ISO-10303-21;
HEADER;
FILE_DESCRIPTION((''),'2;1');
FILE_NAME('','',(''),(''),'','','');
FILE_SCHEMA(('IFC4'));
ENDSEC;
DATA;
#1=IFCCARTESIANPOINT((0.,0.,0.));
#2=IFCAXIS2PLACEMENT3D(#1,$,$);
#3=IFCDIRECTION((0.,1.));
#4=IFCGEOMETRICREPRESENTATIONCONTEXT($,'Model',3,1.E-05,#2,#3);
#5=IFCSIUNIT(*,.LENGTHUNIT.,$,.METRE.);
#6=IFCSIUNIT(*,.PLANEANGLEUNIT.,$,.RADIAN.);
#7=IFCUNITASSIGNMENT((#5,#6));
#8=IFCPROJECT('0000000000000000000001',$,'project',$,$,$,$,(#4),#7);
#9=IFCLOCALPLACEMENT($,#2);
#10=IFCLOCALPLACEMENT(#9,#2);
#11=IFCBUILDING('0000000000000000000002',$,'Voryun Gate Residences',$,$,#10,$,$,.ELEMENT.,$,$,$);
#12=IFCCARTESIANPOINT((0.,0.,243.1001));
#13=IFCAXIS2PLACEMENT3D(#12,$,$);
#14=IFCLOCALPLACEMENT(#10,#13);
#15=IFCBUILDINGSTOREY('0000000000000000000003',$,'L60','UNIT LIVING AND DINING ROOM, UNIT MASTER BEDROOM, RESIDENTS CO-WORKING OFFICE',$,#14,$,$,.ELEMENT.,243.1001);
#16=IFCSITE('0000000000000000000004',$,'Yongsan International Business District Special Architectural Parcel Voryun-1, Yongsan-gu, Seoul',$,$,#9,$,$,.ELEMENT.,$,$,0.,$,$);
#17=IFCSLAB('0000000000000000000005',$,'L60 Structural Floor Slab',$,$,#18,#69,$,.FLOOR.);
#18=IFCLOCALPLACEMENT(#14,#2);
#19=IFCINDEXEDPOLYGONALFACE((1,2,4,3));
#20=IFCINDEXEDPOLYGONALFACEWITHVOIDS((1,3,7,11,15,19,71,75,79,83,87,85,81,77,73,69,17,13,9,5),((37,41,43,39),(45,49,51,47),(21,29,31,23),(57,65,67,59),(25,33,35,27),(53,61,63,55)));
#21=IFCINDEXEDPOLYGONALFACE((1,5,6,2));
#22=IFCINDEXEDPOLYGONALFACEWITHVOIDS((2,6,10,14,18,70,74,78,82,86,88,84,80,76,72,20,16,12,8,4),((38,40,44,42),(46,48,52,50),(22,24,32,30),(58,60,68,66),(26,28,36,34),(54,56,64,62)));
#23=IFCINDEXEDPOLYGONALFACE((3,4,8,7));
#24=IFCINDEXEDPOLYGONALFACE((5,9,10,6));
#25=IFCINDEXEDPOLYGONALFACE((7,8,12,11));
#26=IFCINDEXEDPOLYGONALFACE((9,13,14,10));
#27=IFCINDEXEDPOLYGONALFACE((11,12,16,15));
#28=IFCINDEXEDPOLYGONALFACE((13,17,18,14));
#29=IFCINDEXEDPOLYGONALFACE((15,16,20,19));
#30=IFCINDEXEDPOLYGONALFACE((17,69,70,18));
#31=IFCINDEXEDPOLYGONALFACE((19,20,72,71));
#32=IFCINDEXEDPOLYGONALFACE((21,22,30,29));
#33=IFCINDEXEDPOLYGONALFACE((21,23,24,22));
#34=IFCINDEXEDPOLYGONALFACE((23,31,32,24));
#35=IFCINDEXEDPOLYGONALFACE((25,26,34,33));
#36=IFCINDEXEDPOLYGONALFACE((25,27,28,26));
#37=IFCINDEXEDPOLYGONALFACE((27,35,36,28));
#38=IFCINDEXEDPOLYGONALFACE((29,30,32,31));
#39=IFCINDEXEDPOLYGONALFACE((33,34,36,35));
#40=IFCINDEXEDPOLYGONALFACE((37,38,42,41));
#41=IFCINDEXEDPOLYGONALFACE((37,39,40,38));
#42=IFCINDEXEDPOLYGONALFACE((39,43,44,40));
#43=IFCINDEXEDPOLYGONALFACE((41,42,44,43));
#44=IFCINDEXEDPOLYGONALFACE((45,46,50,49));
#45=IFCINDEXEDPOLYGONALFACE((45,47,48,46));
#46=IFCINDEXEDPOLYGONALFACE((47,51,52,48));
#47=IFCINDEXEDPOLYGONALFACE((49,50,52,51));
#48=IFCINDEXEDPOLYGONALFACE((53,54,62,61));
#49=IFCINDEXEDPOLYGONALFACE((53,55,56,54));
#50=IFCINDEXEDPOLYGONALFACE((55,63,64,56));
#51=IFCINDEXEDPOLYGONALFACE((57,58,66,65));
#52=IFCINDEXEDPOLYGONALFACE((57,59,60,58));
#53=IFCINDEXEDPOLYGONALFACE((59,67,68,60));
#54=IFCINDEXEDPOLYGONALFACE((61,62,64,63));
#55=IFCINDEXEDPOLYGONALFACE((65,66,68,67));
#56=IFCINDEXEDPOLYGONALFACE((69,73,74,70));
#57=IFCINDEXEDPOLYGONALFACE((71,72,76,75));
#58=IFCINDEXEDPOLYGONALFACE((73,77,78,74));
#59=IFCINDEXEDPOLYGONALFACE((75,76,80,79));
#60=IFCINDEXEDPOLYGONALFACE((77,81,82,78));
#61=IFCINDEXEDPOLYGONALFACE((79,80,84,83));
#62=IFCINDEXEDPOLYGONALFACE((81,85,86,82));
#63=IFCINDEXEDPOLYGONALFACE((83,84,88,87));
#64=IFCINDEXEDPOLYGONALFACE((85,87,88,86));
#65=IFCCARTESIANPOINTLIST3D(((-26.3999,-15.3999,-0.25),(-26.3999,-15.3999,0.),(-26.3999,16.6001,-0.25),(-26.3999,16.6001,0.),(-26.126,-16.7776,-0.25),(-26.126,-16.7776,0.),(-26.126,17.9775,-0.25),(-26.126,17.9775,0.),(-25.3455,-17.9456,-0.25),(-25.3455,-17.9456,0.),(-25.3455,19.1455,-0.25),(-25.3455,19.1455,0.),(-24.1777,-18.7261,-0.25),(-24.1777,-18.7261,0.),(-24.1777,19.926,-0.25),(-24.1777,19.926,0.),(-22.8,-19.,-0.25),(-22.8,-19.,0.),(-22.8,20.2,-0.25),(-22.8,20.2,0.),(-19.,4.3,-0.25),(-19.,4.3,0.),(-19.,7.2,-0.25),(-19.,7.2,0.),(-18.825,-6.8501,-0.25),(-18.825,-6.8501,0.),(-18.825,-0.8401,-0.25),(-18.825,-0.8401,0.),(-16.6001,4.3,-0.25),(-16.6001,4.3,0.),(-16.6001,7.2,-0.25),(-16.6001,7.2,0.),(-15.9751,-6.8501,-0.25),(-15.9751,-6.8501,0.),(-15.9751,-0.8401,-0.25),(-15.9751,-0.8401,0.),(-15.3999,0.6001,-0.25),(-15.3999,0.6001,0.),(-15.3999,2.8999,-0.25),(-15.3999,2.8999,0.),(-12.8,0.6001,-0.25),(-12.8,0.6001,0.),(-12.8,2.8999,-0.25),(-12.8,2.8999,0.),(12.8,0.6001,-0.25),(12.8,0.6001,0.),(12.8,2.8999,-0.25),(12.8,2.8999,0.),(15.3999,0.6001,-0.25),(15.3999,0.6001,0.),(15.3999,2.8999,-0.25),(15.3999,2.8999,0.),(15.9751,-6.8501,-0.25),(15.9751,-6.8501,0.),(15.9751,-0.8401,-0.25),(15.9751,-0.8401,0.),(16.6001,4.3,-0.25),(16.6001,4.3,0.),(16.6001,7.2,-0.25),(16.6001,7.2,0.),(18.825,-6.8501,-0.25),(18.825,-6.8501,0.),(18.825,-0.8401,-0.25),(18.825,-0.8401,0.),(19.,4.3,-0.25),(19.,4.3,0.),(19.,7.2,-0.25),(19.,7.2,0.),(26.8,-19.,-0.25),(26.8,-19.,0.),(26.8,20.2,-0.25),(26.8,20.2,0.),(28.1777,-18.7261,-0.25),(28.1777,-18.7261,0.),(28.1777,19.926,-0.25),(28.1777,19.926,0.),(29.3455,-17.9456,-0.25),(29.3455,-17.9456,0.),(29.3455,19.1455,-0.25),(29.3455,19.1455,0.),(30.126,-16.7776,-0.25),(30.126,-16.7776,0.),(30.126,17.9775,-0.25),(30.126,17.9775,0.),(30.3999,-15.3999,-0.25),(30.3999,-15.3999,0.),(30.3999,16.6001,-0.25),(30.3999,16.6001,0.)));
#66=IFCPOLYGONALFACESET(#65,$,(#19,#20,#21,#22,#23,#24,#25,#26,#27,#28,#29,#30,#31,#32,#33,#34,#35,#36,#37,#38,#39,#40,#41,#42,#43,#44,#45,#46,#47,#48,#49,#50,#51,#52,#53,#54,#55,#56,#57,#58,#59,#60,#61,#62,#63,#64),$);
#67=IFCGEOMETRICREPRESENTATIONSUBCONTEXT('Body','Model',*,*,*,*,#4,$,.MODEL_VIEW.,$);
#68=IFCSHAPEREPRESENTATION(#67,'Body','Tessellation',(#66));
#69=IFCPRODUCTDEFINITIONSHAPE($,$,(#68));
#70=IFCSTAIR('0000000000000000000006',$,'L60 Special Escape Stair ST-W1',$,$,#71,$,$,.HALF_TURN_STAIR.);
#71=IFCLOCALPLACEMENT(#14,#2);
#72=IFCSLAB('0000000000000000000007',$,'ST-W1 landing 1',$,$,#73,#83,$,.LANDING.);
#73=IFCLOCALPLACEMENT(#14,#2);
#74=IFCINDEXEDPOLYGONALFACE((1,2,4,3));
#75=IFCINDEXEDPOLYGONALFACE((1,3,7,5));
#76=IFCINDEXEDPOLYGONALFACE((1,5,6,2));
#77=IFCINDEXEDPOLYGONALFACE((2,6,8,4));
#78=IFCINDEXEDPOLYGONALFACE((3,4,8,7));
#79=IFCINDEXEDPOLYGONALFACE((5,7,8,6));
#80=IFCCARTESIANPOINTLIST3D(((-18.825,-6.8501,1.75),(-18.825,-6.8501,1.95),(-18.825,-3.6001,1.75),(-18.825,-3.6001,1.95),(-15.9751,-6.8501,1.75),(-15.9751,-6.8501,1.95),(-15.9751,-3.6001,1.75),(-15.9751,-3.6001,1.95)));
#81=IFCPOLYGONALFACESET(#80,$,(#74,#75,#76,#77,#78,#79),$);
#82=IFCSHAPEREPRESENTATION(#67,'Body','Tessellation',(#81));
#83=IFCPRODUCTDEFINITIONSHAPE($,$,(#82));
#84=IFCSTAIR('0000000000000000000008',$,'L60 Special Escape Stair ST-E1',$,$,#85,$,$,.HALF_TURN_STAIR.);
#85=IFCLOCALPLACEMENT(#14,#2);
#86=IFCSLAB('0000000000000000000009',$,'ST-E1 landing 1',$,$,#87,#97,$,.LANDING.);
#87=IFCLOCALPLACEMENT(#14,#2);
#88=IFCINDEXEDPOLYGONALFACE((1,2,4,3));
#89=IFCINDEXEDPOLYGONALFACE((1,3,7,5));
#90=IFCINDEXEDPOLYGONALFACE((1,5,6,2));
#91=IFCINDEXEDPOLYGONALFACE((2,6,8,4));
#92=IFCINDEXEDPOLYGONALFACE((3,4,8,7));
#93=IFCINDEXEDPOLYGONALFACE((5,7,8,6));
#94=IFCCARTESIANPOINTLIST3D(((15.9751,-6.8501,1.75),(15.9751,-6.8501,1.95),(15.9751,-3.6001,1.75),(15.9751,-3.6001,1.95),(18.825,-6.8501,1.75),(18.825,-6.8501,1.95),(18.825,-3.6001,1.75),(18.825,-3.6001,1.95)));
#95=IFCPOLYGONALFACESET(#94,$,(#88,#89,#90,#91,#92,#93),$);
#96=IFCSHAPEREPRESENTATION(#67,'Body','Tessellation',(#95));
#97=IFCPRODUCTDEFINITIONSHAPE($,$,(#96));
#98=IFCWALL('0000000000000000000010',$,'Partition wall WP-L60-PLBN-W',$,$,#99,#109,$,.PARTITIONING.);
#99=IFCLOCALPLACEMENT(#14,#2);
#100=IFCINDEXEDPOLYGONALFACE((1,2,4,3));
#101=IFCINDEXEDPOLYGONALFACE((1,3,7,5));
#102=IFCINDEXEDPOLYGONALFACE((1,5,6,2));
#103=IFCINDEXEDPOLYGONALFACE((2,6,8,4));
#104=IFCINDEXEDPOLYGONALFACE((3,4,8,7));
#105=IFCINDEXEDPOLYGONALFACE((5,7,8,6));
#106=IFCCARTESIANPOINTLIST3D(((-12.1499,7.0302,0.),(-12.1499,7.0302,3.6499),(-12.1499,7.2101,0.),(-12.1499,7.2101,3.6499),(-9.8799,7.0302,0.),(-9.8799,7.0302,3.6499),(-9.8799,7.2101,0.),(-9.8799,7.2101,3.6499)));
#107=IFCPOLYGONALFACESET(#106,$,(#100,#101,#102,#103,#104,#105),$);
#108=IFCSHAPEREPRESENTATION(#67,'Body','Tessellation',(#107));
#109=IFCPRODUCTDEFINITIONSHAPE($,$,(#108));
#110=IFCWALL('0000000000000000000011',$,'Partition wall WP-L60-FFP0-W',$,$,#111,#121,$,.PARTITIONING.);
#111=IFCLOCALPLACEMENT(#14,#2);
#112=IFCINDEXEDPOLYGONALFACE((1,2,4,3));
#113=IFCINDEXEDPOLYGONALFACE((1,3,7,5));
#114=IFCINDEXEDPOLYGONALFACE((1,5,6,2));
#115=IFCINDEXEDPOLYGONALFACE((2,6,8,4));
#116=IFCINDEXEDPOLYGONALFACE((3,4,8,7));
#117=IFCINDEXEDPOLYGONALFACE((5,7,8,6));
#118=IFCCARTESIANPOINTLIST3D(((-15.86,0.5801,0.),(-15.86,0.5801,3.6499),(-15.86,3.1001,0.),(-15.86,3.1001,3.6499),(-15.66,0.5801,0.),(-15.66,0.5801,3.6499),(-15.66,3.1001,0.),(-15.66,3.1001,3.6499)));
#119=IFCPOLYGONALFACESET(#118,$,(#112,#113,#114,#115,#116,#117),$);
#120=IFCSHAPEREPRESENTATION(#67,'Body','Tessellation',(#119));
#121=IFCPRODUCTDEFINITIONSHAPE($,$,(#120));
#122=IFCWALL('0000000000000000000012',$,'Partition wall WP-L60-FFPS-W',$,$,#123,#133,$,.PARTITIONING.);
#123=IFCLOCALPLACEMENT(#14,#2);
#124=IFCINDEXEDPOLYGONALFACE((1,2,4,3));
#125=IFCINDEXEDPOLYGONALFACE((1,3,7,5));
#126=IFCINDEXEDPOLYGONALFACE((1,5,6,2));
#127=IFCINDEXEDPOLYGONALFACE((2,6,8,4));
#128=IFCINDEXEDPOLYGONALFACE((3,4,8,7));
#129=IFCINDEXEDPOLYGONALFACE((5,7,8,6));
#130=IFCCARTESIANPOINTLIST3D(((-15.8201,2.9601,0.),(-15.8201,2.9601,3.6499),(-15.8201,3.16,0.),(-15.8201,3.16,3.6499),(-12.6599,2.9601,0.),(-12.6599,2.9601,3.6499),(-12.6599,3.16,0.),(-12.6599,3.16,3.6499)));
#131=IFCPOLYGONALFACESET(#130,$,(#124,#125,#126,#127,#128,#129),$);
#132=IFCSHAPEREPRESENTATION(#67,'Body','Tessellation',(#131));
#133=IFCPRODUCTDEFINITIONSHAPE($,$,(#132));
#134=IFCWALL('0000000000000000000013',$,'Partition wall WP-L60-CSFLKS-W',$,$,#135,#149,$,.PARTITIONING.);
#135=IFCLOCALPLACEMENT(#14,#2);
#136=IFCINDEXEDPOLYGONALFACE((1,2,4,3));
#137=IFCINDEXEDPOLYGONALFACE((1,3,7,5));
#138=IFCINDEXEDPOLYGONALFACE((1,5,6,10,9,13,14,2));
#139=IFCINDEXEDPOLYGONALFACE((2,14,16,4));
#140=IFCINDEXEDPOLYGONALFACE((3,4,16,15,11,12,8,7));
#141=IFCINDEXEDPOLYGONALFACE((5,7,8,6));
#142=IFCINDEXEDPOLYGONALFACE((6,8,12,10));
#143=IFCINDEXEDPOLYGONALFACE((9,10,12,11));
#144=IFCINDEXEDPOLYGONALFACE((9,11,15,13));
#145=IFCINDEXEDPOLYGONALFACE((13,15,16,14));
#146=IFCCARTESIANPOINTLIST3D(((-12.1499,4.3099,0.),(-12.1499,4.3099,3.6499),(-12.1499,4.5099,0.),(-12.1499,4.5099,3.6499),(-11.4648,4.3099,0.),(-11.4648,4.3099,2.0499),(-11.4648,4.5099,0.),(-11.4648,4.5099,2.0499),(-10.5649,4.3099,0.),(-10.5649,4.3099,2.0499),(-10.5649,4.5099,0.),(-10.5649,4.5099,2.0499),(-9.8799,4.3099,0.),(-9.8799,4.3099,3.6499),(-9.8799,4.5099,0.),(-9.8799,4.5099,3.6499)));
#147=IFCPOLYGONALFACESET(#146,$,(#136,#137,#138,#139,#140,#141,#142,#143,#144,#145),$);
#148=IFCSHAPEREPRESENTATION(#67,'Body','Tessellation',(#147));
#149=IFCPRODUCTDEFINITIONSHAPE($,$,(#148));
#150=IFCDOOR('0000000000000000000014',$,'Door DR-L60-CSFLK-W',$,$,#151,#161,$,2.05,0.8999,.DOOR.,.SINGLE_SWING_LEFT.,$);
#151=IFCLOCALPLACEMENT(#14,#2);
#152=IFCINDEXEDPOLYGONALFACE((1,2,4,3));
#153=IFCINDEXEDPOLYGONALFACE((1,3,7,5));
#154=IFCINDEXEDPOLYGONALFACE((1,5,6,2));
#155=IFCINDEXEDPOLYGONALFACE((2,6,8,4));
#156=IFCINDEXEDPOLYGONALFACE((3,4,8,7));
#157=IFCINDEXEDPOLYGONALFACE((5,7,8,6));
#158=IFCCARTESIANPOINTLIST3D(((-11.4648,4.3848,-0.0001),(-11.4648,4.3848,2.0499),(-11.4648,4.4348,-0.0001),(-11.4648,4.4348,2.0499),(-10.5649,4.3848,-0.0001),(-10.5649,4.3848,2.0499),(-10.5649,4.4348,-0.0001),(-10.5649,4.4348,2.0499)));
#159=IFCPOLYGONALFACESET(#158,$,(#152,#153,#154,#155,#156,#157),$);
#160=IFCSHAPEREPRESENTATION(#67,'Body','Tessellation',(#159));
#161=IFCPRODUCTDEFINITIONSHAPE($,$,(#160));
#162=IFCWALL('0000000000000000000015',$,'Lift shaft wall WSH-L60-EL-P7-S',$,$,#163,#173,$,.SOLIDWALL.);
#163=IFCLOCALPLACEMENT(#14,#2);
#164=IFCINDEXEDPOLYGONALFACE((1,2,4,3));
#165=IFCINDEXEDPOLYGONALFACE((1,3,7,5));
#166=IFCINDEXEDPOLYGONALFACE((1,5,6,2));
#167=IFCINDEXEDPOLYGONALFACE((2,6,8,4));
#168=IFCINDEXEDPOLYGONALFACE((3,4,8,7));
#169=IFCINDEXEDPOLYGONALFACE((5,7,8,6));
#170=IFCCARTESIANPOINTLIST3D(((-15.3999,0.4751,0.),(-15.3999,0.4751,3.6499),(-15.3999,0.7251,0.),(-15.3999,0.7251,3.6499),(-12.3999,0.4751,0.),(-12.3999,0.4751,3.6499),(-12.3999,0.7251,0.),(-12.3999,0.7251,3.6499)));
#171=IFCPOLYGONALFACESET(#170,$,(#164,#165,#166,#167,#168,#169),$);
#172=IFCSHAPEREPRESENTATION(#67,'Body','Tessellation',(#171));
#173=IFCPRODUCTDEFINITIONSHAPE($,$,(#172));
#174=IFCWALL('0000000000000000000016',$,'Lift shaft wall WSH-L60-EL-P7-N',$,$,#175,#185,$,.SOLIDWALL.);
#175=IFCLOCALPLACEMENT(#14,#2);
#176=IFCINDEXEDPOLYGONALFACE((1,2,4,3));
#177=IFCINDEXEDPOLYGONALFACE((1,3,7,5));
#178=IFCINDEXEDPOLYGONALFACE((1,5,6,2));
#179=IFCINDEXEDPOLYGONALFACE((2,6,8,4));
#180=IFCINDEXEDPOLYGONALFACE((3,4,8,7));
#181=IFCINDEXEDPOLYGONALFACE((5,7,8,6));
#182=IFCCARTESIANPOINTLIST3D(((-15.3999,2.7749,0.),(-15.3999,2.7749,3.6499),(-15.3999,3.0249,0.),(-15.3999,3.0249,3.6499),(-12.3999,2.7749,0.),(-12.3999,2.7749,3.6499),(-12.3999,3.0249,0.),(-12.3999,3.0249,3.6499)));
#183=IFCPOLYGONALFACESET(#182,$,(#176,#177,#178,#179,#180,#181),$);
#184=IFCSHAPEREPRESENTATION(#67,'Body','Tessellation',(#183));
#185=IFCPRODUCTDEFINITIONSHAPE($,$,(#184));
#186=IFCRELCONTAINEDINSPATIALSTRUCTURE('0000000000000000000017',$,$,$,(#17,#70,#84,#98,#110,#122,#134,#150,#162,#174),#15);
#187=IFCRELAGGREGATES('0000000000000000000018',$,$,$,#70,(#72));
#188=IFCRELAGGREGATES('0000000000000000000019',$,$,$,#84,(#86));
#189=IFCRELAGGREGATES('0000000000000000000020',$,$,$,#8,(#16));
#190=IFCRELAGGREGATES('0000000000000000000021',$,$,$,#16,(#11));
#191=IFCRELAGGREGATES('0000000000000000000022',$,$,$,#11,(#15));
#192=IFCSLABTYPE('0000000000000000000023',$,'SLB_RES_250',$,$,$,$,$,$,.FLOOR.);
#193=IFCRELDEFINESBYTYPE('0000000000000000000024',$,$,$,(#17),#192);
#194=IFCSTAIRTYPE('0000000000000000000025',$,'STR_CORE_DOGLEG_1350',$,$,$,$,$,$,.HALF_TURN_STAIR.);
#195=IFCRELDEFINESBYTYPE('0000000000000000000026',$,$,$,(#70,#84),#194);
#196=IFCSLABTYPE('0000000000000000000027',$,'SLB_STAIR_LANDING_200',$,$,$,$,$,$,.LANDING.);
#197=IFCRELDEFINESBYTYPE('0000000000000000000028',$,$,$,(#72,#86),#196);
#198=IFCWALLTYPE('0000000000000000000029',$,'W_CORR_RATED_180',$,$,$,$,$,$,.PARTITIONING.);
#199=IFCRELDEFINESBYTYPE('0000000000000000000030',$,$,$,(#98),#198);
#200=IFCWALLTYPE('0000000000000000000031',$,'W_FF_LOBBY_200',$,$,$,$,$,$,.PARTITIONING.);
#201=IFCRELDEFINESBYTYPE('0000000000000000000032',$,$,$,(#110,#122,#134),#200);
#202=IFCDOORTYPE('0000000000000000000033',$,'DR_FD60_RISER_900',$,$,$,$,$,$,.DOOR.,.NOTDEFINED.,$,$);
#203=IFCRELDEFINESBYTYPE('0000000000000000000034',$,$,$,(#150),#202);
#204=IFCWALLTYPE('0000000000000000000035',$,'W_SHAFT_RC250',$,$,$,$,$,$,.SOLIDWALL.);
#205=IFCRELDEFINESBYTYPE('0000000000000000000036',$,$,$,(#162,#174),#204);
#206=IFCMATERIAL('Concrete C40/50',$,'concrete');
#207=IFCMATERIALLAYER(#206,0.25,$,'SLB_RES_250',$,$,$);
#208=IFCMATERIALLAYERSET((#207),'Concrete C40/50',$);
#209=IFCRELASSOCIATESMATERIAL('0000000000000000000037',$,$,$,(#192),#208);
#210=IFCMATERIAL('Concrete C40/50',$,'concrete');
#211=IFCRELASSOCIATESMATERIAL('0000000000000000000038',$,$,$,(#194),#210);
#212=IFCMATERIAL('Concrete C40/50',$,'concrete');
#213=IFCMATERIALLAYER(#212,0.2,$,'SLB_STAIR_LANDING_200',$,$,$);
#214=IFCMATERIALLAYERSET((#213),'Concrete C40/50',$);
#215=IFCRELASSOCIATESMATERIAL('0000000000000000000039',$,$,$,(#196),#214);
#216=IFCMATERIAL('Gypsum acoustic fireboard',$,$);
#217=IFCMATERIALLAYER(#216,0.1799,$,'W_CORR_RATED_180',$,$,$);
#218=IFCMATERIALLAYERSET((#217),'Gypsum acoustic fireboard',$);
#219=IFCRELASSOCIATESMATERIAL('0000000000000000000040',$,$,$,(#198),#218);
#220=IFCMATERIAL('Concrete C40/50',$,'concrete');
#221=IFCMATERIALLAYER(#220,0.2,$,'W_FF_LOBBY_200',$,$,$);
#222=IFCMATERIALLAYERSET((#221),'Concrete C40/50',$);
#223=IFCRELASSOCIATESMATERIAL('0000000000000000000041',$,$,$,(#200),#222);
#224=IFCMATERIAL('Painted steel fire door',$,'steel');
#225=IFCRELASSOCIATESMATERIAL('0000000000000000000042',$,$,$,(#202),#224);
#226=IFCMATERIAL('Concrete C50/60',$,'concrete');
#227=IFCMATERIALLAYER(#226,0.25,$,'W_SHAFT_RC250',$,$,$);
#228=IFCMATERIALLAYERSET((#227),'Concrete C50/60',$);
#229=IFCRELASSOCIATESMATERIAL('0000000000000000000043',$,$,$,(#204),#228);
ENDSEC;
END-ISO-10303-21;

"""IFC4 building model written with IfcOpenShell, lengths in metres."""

from ifc_helpers import new_model, si_unit, direction, frame, frame_2d, origin, place, context, subcontext, project, spatial, polyline, rectangle, outline, extrude, material, layer, layer_set, type_object, element, fill, aggregate, save


model = new_model("IFC4")

# Units and contexts
model_context = context("Model", 3, precision=1e-05, world=origin(), true_north=direction((0.0, 1.0)))
body_context = subcontext(model_context, "Body", "Model", "MODEL_VIEW")
ifc_project = project(units=[si_unit("LENGTHUNIT", "METRE"), si_unit("PLANEANGLEUNIT", "RADIAN")], contexts=[model_context])

# Site, building, storey
site_placement = place(None, origin())
site = spatial("IfcSite", under=ifc_project, at=site_placement, Name="Yongsan International Business District Special Architectural Parcel Voryun-1, Yongsan-gu, Seoul", CompositionType="ELEMENT", RefElevation=0.0)
building_placement = place(site_placement, origin())
building = spatial("IfcBuilding", under=site, at=building_placement, Name="Voryun Gate Residences", CompositionType="ELEMENT")
storey_placement = place(building_placement, frame((0.0, 0.0, 243.1001)))
storey = spatial("IfcBuildingStorey", under=building, at=storey_placement, Name="L60", Description="UNIT LIVING AND DINING ROOM, UNIT MASTER BEDROOM, RESIDENTS CO-WORKING OFFICE", CompositionType="ELEMENT", Elevation=243.1001)

# Slab
ifc_material_1 = material(Name="Concrete C40/50", Category="concrete")
ifc_layer_1 = layer(ifc_material_1, 0.25, Name="SLB_RES_250")
ifc_layer_set_1 = layer_set([ifc_layer_1], Name="Concrete C40/50")
slab_type_1 = type_object("IfcSlabType", Name="SLB_RES_250", PredefinedType="FLOOR", material=ifc_layer_set_1)
slab_1_placement = place(storey_placement, frame((0.0, 0.0, -0.25)))
element("IfcSlab", 1, at=slab_1_placement, inside=storey, type_object=slab_type_1, Name="L60 Structural Floor Slab", PredefinedType="FLOOR", context=body_context, shape_type="SweptSolid", body=[
    extrude(outline(polyline([(-22.8, -19.0), (-24.1777, -18.7261), (-25.3455, -17.9456), (-26.126, -16.7776), (-26.3999, -15.3999), (-26.3999, 16.6001), (-26.126, 17.9775), (-25.3455, 19.1455), (-24.1777, 19.926), (-22.8, 20.2), (26.8, 20.2), (28.1777, 19.926), (29.3455, 19.1455), (30.126, 17.9775), (30.3999, 16.6001), (30.3999, -15.3999), (30.126, -16.7776), (29.3455, -17.9456), (28.1777, -18.7261), (26.8, -19.0), (-22.8, -19.0)]), holes=[polyline([(-15.9751, -0.8401), (-18.825, -0.8401), (-18.825, -6.8501), (-15.9751, -6.8501), (-15.9751, -0.8401)]), polyline([(18.825, -6.8501), (18.825, -0.8401), (15.9751, -0.8401), (15.9751, -6.8501), (18.825, -6.8501)]), polyline([(-12.8, 2.8999), (-15.3999, 2.8999), (-15.3999, 0.6001), (-12.8, 0.6001), (-12.8, 2.8999)]), polyline([(12.8, 2.8999), (12.8, 0.6001), (15.3999, 0.6001), (15.3999, 2.8999), (12.8, 2.8999)]), polyline([(-16.6001, 7.2), (-19.0, 7.2), (-19.0, 4.3), (-16.6001, 4.3), (-16.6001, 7.2)]), polyline([(19.0, 7.2), (16.6001, 7.2), (16.6001, 4.3), (19.0, 4.3), (19.0, 7.2)])]), origin(), (0.0, 0.0, 1.0), 0.25),
])

# Stairs, slabs
ifc_material_2 = material(Name="Concrete C40/50", Category="concrete")
stair_type = type_object("IfcStairType", Name="STR_CORE_DOGLEG_1350", PredefinedType="HALF_TURN_STAIR", material=ifc_material_2)
stair_1_placement = place(storey_placement, origin())
stair_1 = element("IfcStair", 2, at=stair_1_placement, inside=storey, type_object=stair_type, Name="L60 Special Escape Stair ST-W1", PredefinedType="HALF_TURN_STAIR")
ifc_material_3 = material(Name="Concrete C40/50", Category="concrete")
ifc_layer_2 = layer(ifc_material_3, 0.2, Name="SLB_STAIR_LANDING_200")
ifc_layer_set_2 = layer_set([ifc_layer_2], Name="Concrete C40/50")
slab_type_2 = type_object("IfcSlabType", Name="SLB_STAIR_LANDING_200", PredefinedType="LANDING", material=ifc_layer_set_2)
slab_2_placement = place(storey_placement, frame((0.0, 0.0, 1.75)))
slab_2 = element("IfcSlab", 3, at=slab_2_placement, type_object=slab_type_2, Name="ST-W1 landing 1", PredefinedType="LANDING", context=body_context, shape_type="SweptSolid", body=[
    extrude(outline(polyline([(-18.825, -3.6001), (-18.825, -6.8501), (-15.9751, -6.8501), (-15.9751, -3.6001), (-18.825, -3.6001)])), origin(), (0.0, 0.0, 1.0), 0.2),
])
aggregate(stair_1, [slab_2])
stair_2_placement = place(storey_placement, origin())
stair_2 = element("IfcStair", 4, at=stair_2_placement, inside=storey, type_object=stair_type, Name="L60 Special Escape Stair ST-E1", PredefinedType="HALF_TURN_STAIR")
slab_3_placement = place(storey_placement, frame((0.0, 0.0, 1.75)))
slab_3 = element("IfcSlab", 5, at=slab_3_placement, type_object=slab_type_2, Name="ST-E1 landing 1", PredefinedType="LANDING", context=body_context, shape_type="SweptSolid", body=[
    extrude(outline(polyline([(15.9751, -3.6001), (15.9751, -6.8501), (18.825, -6.8501), (18.825, -3.6001), (15.9751, -3.6001)])), origin(), (0.0, 0.0, 1.0), 0.2),
])
aggregate(stair_2, [slab_3])

# Walls
ifc_material_4 = material(Name="Gypsum acoustic fireboard")
ifc_layer_3 = layer(ifc_material_4, 0.1799, Name="W_CORR_RATED_180")
ifc_layer_set_3 = layer_set([ifc_layer_3], Name="Gypsum acoustic fireboard")
wall_type_1 = type_object("IfcWallType", Name="W_CORR_RATED_180", PredefinedType="PARTITIONING", material=ifc_layer_set_3)
wall_1_placement = place(storey_placement, frame((-12.1499, 7.1201, 0.0), z_axis=(0.0, 0.0, 1.0), x_axis=(1.0, 0.0, 0.0)))
element("IfcWall", 6, at=wall_1_placement, inside=storey, type_object=wall_type_1, Name="Partition wall WP-L60-PLBN-W", PredefinedType="PARTITIONING", context=body_context, shape_type="SweptSolid", body=[
    extrude(rectangle(XDim=2.27, YDim=0.1799, at=frame_2d((1.135, 0.0))), origin(), (0.0, 0.0, 1.0), 3.6499),
])
ifc_material_5 = material(Name="Concrete C40/50", Category="concrete")
ifc_layer_4 = layer(ifc_material_5, 0.2, Name="W_FF_LOBBY_200")
ifc_layer_set_4 = layer_set([ifc_layer_4], Name="Concrete C40/50")
wall_type_2 = type_object("IfcWallType", Name="W_FF_LOBBY_200", PredefinedType="PARTITIONING", material=ifc_layer_set_4)
wall_2_placement = place(storey_placement, frame((-15.76, 0.5801, 0.0), z_axis=(0.0, 0.0, 1.0), x_axis=(0.0, 1.0, 0.0)))
element("IfcWall", 7, at=wall_2_placement, inside=storey, type_object=wall_type_2, Name="Partition wall WP-L60-FFP0-W", PredefinedType="PARTITIONING", context=body_context, shape_type="SweptSolid", body=[
    extrude(rectangle(XDim=2.52, YDim=0.2, at=frame_2d((1.26, 0.0))), origin(), (0.0, 0.0, 1.0), 3.6499),
])
wall_3_placement = place(storey_placement, frame((-15.8201, 3.0601, 0.0), z_axis=(0.0, 0.0, 1.0), x_axis=(1.0, 0.0, 0.0)))
element("IfcWall", 8, at=wall_3_placement, inside=storey, type_object=wall_type_2, Name="Partition wall WP-L60-FFPS-W", PredefinedType="PARTITIONING", context=body_context, shape_type="SweptSolid", body=[
    extrude(rectangle(XDim=3.1602, YDim=0.2, at=frame_2d((1.5801, 0.0))), origin(), (0.0, 0.0, 1.0), 3.6499),
])

# Wall, opening, door
wall_4_placement = place(storey_placement, frame((-12.1499, 4.4099, 0.0), z_axis=(0.0, 0.0, 1.0), x_axis=(1.0, 0.0, 0.0)))
wall_4 = element("IfcWall", 9, at=wall_4_placement, inside=storey, type_object=wall_type_2, Name="Partition wall WP-L60-CSFLKS-W", PredefinedType="PARTITIONING", context=body_context, shape_type="SweptSolid", body=[
    extrude(rectangle(XDim=2.27, YDim=0.2, at=frame_2d((1.135, 0.0))), origin(), (0.0, 0.0, 1.0), 3.6499),
])
opening_placement = place(wall_4_placement, frame((0.6851, 0.0, 0.0)))
opening = element("IfcOpeningElement", 10, at=opening_placement, cuts=wall_4, PredefinedType="OPENING", context=body_context, shape_type="SweptSolid", body=[
    extrude(rectangle(XDim=0.8999, YDim=2.05, at=frame_2d((0.45, 1.0249))), frame((0.0, 0.1101, 0.0), z_axis=(0.0, -1.0, 0.0), x_axis=(1.0, 0.0, 0.0)), (0.0, 0.0, 1.0), 0.22),
])
ifc_material_6 = material(Name="Painted steel fire door", Category="steel")
door_type = type_object("IfcDoorType", Name="DR_FD60_RISER_900", OperationType="NOTDEFINED", PredefinedType="DOOR", material=ifc_material_6)
door_placement = place(opening_placement, origin())
door = element("IfcDoor", 11, at=door_placement, inside=storey, type_object=door_type, Name="Door DR-L60-CSFLK-W", OperationType="SINGLE_SWING_LEFT", OverallHeight=2.05, OverallWidth=0.8999, PredefinedType="DOOR", context=body_context, shape_type="SweptSolid", body=[
    extrude(rectangle(XDim=0.8999, YDim=2.05, at=frame_2d((0.45, 1.0249))), frame((0.0, 0.0249, 0.0), z_axis=(0.0, -1.0, 0.0), x_axis=(1.0, 0.0, 0.0)), (0.0, 0.0, 1.0), 0.05),
])
fill(opening, door)

# Walls
ifc_material_7 = material(Name="Concrete C50/60", Category="concrete")
ifc_layer_5 = layer(ifc_material_7, 0.25, Name="W_SHAFT_RC250")
ifc_layer_set_5 = layer_set([ifc_layer_5], Name="Concrete C50/60")
wall_type_3 = type_object("IfcWallType", Name="W_SHAFT_RC250", PredefinedType="SOLIDWALL", material=ifc_layer_set_5)
for number, where, z_axis, x_axis, name in (
    (12, (-15.3999, 0.6001, 0.0), (0.0, 0.0, 1.0), (1.0, 0.0, 0.0), "Lift shaft wall WSH-L60-EL-P7-S"),
    (13, (-12.3999, 2.8999, 0.0), (0.0, 0.0, 1.0), (-1.0, 0.0, 0.0), "Lift shaft wall WSH-L60-EL-P7-N"),
):
    element("IfcWall", number, at=place(storey_placement, frame(where, z_axis=z_axis, x_axis=x_axis)), inside=storey, type_object=wall_type_3, Name=name, PredefinedType="SOLIDWALL", context=body_context, shape_type="SweptSolid", body=[
        extrude(rectangle(XDim=3.0, YDim=0.25, at=frame_2d((1.5, 0.0))), origin(), (0.0, 0.0, 1.0), 3.6499),
    ])

save(model, "model.ifc")
